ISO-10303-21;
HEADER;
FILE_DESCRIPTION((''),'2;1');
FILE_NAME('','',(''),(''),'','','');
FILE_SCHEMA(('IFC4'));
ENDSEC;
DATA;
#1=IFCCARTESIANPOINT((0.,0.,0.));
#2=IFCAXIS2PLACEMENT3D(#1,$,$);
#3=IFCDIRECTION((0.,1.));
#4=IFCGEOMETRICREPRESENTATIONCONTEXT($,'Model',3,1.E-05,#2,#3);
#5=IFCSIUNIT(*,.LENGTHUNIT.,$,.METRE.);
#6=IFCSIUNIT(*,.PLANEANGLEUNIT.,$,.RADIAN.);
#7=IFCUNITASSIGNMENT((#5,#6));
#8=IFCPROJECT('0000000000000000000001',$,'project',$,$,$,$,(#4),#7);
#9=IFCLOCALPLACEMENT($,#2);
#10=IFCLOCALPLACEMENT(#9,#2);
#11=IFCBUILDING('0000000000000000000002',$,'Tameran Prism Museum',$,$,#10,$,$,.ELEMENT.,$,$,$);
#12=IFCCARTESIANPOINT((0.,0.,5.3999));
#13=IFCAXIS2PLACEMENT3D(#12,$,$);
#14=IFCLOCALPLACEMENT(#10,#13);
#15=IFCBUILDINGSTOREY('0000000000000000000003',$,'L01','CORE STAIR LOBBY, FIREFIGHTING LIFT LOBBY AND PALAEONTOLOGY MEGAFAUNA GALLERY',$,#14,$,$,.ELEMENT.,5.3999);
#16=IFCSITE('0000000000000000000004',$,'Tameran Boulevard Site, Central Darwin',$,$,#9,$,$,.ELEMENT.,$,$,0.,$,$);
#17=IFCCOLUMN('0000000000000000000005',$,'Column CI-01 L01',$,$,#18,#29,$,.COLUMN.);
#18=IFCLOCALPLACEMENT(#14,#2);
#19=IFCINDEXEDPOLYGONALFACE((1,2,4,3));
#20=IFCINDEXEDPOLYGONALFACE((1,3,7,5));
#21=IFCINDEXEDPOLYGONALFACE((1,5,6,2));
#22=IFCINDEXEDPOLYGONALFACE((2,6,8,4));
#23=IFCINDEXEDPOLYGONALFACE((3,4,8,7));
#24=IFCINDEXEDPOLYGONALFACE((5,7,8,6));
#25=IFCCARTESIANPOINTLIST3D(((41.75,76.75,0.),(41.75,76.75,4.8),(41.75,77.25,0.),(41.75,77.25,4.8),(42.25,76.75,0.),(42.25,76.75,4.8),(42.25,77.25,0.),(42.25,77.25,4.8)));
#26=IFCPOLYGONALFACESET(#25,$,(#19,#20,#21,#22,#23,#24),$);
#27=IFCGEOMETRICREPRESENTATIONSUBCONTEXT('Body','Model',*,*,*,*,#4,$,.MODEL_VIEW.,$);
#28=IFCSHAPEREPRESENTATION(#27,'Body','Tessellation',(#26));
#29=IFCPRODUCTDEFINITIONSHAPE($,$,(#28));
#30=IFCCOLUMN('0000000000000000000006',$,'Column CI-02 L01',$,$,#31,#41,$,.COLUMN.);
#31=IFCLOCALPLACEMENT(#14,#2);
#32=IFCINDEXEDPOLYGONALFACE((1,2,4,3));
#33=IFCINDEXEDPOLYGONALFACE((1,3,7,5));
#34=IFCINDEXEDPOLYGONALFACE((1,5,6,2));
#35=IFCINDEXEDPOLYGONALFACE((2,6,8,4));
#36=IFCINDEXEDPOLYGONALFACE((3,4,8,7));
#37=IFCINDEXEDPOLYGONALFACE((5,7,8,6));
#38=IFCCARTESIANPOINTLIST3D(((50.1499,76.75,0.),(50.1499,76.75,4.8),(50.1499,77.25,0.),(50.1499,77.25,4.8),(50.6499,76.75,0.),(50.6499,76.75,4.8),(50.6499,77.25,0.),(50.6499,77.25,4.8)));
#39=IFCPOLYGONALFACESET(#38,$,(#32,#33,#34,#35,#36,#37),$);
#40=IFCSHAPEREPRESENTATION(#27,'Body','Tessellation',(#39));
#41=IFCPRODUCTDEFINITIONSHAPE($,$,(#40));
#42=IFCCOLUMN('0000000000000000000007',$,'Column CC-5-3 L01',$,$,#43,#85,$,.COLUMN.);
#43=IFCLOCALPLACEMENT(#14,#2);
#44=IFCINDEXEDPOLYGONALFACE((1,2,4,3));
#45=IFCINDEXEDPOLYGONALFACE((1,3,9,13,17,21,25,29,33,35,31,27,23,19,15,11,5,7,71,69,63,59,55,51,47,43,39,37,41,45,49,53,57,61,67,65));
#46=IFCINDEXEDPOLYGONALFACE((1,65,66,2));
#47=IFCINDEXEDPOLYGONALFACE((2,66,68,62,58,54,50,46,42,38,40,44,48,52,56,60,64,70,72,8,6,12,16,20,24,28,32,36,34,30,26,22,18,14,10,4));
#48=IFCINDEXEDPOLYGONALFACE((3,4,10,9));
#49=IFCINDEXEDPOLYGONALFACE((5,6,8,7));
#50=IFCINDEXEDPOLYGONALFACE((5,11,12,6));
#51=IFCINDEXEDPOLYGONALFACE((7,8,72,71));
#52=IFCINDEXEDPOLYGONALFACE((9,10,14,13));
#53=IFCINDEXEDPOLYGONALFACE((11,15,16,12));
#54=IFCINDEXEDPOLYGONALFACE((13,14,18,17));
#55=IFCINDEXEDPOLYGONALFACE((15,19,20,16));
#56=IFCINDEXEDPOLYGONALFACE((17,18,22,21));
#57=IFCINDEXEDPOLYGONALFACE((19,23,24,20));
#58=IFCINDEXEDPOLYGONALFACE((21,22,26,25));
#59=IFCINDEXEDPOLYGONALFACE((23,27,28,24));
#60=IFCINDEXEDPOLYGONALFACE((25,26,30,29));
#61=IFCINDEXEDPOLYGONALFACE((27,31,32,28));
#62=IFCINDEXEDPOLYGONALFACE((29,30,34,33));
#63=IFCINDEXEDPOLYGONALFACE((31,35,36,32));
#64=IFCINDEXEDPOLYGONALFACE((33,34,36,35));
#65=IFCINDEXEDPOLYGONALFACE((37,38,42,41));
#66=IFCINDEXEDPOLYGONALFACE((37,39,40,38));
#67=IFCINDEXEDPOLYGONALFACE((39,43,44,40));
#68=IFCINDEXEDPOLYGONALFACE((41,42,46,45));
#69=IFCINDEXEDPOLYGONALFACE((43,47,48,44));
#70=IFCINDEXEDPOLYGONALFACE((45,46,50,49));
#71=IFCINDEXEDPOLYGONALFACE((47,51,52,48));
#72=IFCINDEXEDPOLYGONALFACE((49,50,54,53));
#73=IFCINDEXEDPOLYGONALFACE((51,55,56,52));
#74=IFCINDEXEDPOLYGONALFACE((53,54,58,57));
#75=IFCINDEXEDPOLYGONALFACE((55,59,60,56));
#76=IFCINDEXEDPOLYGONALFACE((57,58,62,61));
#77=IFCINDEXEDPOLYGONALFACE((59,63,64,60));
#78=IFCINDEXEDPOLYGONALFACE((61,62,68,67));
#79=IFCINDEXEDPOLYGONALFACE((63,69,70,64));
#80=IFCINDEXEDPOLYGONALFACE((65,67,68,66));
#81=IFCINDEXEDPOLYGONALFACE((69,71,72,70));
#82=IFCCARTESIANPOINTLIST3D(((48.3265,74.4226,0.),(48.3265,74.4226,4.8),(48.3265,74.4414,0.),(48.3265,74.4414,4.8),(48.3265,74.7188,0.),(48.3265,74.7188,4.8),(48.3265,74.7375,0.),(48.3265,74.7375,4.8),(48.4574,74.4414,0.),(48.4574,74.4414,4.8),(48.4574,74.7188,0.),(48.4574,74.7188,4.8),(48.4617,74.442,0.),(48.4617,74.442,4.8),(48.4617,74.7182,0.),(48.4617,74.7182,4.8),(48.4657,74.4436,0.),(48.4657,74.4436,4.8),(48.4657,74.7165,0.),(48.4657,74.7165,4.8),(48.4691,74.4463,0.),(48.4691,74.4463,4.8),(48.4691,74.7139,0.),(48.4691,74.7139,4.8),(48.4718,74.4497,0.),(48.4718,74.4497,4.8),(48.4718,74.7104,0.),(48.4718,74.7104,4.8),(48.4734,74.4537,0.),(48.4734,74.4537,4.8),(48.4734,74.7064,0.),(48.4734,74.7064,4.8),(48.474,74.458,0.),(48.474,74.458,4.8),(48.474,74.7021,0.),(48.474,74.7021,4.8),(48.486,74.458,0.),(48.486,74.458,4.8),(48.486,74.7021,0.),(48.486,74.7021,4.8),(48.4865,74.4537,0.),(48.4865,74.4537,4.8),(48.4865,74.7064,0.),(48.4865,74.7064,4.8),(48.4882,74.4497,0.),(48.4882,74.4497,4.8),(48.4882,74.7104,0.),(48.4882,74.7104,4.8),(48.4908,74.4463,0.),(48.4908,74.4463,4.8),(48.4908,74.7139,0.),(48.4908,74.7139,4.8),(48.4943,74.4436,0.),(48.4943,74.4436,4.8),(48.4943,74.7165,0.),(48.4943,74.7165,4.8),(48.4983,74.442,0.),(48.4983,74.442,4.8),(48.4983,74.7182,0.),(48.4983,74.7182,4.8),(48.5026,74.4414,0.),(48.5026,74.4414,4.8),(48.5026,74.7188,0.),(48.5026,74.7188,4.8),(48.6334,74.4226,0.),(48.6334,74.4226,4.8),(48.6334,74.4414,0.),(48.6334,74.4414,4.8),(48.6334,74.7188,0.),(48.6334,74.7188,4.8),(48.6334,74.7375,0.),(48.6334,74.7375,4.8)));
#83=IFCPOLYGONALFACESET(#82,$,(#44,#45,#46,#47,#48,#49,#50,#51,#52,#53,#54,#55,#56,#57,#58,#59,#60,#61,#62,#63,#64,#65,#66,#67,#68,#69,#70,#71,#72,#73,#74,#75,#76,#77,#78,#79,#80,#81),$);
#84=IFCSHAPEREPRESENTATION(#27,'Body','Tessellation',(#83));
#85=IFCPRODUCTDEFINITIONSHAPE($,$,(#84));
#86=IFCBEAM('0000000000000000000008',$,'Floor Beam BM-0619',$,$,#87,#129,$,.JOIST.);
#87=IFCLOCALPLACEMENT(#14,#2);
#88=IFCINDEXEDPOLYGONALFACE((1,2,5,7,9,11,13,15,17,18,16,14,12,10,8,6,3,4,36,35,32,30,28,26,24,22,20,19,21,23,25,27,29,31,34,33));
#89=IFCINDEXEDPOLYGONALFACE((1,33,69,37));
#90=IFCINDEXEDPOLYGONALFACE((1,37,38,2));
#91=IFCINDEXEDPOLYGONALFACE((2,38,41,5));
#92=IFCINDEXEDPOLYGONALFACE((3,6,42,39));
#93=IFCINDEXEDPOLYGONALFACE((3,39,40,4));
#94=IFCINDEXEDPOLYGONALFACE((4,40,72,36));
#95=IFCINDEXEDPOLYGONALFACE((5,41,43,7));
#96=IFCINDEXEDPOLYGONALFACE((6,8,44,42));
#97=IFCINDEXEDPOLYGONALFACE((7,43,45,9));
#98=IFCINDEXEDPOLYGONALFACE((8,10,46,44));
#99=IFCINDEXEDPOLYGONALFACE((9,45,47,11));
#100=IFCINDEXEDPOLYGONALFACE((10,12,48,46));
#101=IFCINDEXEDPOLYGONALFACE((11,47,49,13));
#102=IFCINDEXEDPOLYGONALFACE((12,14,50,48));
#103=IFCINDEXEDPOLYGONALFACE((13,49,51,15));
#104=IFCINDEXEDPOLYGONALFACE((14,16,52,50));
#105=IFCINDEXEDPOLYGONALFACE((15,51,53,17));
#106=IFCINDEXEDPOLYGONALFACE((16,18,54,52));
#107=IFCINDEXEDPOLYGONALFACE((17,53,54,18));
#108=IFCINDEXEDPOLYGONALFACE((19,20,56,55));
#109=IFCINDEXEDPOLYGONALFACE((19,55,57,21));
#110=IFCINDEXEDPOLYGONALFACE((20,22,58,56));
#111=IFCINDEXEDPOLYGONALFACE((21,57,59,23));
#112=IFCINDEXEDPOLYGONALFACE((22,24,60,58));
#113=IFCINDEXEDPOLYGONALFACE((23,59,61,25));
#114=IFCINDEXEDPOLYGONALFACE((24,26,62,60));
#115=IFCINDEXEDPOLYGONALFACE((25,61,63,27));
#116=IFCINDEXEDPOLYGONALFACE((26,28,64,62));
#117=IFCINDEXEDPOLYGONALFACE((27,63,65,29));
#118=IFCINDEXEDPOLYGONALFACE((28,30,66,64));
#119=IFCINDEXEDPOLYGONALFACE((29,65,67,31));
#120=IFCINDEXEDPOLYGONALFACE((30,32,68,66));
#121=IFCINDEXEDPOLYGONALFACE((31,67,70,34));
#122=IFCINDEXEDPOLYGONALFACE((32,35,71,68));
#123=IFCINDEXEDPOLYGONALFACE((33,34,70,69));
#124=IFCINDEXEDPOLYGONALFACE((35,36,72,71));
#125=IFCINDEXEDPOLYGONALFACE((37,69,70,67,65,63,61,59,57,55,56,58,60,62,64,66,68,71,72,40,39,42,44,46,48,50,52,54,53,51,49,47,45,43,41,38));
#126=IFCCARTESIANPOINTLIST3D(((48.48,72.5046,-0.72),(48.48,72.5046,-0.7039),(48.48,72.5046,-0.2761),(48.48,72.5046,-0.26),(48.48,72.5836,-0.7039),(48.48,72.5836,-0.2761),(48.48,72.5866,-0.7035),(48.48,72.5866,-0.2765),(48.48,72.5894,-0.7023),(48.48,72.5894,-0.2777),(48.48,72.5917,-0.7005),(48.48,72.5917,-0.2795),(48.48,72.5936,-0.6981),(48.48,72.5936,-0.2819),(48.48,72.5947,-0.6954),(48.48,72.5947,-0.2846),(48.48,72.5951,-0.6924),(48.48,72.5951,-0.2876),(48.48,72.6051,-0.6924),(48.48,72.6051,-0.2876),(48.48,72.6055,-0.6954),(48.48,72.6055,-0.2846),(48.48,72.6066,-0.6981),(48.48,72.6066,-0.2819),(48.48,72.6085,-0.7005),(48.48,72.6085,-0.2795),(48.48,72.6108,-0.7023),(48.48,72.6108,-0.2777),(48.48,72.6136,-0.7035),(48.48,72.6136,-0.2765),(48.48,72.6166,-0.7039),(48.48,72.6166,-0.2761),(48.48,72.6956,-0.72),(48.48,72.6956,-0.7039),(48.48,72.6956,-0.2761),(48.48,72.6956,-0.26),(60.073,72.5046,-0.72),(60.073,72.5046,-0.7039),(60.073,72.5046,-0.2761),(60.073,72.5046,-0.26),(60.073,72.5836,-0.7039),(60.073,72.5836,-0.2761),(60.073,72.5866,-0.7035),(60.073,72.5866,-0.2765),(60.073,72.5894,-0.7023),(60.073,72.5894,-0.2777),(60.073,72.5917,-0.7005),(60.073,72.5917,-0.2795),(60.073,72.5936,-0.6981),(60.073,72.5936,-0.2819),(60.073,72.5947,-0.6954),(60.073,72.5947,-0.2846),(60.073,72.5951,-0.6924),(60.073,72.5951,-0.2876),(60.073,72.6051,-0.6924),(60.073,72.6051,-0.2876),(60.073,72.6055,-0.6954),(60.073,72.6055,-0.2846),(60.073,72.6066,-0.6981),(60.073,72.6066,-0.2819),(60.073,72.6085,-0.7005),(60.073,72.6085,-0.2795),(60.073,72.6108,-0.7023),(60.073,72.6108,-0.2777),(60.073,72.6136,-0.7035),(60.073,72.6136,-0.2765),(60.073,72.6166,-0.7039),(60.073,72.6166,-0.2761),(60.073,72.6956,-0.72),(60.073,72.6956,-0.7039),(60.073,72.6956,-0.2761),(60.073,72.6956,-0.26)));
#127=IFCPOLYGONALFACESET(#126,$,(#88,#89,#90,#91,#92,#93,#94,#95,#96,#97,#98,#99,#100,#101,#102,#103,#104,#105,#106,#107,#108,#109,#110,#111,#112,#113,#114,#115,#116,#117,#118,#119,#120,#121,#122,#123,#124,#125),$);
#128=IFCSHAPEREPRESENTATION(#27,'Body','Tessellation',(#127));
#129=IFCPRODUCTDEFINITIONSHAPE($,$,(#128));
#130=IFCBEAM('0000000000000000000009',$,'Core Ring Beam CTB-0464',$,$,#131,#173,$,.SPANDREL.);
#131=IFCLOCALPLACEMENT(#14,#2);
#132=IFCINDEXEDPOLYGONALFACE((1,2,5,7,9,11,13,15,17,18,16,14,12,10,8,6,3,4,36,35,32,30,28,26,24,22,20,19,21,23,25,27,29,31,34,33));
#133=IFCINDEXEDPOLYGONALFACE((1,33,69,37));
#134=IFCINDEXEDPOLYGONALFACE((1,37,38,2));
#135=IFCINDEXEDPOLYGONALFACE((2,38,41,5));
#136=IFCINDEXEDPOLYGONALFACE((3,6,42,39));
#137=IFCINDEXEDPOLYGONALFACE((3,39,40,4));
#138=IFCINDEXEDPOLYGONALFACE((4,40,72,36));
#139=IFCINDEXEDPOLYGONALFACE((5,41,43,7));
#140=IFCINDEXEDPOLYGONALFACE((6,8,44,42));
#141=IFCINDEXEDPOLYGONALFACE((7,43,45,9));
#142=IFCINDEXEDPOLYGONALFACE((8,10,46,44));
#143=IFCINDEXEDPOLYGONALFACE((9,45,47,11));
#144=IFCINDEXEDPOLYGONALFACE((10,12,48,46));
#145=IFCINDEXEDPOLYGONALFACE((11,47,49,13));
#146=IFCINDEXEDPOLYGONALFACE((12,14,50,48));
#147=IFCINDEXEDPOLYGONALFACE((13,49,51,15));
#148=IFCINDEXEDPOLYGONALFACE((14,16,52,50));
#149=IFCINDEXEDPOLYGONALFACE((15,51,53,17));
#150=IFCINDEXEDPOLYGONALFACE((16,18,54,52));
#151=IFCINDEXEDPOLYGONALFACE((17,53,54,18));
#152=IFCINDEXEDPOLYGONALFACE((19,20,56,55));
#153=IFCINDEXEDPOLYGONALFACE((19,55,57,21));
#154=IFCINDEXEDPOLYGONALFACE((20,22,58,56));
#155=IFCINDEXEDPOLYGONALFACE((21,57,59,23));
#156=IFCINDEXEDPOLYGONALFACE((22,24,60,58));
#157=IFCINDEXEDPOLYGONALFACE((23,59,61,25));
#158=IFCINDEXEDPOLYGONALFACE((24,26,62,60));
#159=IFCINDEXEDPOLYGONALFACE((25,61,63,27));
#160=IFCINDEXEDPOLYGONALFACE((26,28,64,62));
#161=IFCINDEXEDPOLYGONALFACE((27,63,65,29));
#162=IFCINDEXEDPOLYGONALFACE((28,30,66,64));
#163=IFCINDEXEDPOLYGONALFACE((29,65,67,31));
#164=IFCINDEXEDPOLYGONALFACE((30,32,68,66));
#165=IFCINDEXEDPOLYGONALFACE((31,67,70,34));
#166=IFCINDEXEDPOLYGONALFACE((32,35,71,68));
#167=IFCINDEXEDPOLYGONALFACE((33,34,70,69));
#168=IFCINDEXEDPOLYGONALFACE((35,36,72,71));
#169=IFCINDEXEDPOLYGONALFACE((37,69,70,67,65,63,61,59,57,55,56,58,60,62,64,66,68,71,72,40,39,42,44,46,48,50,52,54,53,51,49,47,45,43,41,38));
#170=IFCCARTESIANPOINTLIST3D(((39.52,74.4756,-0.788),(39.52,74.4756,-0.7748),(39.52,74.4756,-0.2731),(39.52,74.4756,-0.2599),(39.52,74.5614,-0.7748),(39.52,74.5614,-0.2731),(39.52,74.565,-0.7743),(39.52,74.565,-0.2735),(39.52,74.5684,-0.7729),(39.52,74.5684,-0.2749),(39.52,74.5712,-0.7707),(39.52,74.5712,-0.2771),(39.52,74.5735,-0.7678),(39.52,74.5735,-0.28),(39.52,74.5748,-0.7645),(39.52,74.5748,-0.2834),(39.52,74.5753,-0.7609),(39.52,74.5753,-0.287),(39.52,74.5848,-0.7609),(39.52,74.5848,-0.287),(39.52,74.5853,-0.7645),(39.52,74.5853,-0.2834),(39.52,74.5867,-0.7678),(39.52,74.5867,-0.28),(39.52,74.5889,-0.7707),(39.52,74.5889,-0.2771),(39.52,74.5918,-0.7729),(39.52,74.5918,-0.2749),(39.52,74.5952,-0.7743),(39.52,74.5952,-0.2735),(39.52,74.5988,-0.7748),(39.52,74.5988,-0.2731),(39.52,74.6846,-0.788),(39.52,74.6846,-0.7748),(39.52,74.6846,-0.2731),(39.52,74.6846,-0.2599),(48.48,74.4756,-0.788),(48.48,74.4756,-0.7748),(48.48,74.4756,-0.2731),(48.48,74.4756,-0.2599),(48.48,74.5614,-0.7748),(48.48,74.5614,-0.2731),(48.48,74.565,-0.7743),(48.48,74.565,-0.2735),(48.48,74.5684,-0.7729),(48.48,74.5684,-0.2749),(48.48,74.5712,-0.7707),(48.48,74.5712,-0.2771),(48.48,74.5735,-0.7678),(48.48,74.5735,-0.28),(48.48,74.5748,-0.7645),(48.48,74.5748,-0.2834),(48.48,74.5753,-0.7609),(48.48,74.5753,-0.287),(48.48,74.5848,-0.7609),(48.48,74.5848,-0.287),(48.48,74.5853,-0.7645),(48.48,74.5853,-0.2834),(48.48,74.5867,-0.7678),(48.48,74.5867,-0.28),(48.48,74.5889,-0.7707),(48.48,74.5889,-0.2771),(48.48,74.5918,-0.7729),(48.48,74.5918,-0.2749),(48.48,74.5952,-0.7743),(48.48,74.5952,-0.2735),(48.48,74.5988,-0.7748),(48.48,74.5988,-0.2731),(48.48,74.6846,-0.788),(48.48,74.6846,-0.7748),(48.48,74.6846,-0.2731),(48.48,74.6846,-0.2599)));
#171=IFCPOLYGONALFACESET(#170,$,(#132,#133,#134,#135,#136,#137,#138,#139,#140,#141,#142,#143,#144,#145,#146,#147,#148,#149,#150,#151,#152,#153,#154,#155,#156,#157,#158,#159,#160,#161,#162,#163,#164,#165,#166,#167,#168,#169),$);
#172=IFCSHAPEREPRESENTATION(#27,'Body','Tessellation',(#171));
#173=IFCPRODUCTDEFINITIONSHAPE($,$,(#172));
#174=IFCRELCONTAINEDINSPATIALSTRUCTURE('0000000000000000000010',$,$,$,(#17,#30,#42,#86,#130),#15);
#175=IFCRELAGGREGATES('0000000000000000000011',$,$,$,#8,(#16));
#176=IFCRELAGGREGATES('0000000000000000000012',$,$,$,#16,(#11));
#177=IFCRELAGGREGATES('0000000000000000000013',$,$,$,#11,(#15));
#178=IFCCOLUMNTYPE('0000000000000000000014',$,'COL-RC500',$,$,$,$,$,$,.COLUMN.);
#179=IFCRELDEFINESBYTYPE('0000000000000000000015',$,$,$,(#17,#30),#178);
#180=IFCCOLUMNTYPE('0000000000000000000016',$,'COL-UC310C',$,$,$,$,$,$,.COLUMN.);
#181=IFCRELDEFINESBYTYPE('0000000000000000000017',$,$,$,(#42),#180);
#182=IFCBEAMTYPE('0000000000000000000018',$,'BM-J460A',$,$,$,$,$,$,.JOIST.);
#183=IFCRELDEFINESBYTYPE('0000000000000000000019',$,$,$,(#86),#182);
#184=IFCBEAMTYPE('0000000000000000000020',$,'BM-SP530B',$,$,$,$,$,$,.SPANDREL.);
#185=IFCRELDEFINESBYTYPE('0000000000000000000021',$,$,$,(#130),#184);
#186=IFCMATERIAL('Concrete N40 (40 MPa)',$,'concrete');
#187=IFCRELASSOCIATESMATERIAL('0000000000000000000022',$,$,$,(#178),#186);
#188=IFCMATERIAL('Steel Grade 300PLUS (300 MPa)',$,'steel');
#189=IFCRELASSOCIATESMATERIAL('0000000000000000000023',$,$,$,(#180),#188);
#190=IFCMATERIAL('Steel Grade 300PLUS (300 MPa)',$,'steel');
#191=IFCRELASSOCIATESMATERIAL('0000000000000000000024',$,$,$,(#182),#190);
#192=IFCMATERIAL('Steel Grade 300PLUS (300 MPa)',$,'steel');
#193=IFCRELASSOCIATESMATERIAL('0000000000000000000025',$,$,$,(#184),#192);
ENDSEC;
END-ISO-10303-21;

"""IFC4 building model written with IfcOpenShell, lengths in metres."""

from ifc_helpers import new_model, si_unit, direction, frame, origin, origin_2d, place, context, subcontext, project, spatial, rectangle, i_section, extrude, material, material_profile, profile_set, type_object, element, save


model = new_model("IFC4")

# Units and contexts
model_context = context("Model", 3, precision=1e-05, world=origin(), true_north=direction((0.0, 1.0)))
body_context = subcontext(model_context, "Body", "Model", "MODEL_VIEW")
ifc_project = project(units=[si_unit("LENGTHUNIT", "METRE"), si_unit("PLANEANGLEUNIT", "RADIAN")], contexts=[model_context])

# Site, building, storey
site_placement = place(None, origin())
site = spatial("IfcSite", under=ifc_project, at=site_placement, Name="Tameran Boulevard Site, Central Darwin", CompositionType="ELEMENT", RefElevation=0.0)
building_placement = place(site_placement, origin())
building = spatial("IfcBuilding", under=site, at=building_placement, Name="Tameran Prism Museum", CompositionType="ELEMENT")
storey_placement = place(building_placement, frame((0.0, 0.0, 5.3999)))
storey = spatial("IfcBuildingStorey", under=building, at=storey_placement, Name="L01", Description="CORE STAIR LOBBY, FIREFIGHTING LIFT LOBBY AND PALAEONTOLOGY MEGAFAUNA GALLERY", CompositionType="ELEMENT", Elevation=5.3999)

# Columns
ifc_material_1 = material(Name="Concrete N40 (40 MPa)", Category="concrete")
ifc_material_profile_1 = material_profile(ifc_material_1, rectangle(XDim=0.5, YDim=0.5, at=origin_2d()))
ifc_profile_set_1 = profile_set([ifc_material_profile_1])
column_type_1 = type_object("IfcColumnType", Name="COL-RC500", PredefinedType="COLUMN", material=ifc_profile_set_1)
for number, where, z_axis, x_axis, name in (
    (1, (42.0, 77.0, 0.0), (0.0, 0.0, 1.0), (1.0, 0.0, 0.0), "Column CI-01 L01"),
    (2, (50.3999, 77.0, 0.0), (0.0, 0.0, 1.0), (1.0, 0.0, 0.0), "Column CI-02 L01"),
):
    element("IfcColumn", number, at=place(storey_placement, frame(where, z_axis=z_axis, x_axis=x_axis)), inside=storey, type_object=column_type_1, Name=name, PredefinedType="COLUMN", context=body_context, shape_type="SweptSolid", body=[
        extrude(rectangle(XDim=0.5, YDim=0.5, at=origin_2d()), origin(), (0.0, 0.0, 1.0), 4.8),
    ])
ifc_material_2 = material(Name="Steel Grade 300PLUS (300 MPa)", Category="steel")
ifc_material_profile_2 = material_profile(ifc_material_2, i_section(OverallWidth=0.3069, OverallDepth=0.3149, WebThickness=0.012, FlangeThickness=0.0188, FilletRadius=0.0166, at=origin_2d()))
ifc_profile_set_2 = profile_set([ifc_material_profile_2])
column_type_2 = type_object("IfcColumnType", Name="COL-UC310C", PredefinedType="COLUMN", material=ifc_profile_set_2)
column_placement = place(storey_placement, frame((48.48, 74.5801, 0.0), z_axis=(0.0, 0.0, 1.0), x_axis=(1.0, 0.0, 0.0)))
element("IfcColumn", 3, at=column_placement, inside=storey, type_object=column_type_2, Name="Column CC-5-3 L01", PredefinedType="COLUMN", context=body_context, shape_type="SweptSolid", body=[
    extrude(i_section(OverallWidth=0.3069, OverallDepth=0.3149, WebThickness=0.012, FlangeThickness=0.0188, FilletRadius=0.0166, at=origin_2d()), origin(), (0.0, 0.0, 1.0), 4.8),
])

# Beams
ifc_material_3 = material(Name="Steel Grade 300PLUS (300 MPa)", Category="steel")
ifc_material_profile_3 = material_profile(ifc_material_3, i_section(OverallWidth=0.1909, OverallDepth=0.46, WebThickness=0.01, FlangeThickness=0.0161, FilletRadius=0.0115, at=origin_2d()))
ifc_profile_set_3 = profile_set([ifc_material_profile_3])
beam_type_1 = type_object("IfcBeamType", Name="BM-J460A", PredefinedType="JOIST", material=ifc_profile_set_3)
beam_1_placement = place(storey_placement, frame((48.48, 72.6001, -0.49), z_axis=(1.0, 0.0, 0.0), x_axis=(0.0, 1.0, 0.0)))
element("IfcBeam", 4, at=beam_1_placement, inside=storey, type_object=beam_type_1, Name="Floor Beam BM-0619", PredefinedType="JOIST", context=body_context, shape_type="SweptSolid", body=[
    extrude(i_section(OverallWidth=0.1909, OverallDepth=0.46, WebThickness=0.01, FlangeThickness=0.0161, FilletRadius=0.0115, at=origin_2d()), origin(), (0.0, 0.0, 1.0), 11.593),
])
ifc_material_4 = material(Name="Steel Grade 300PLUS (300 MPa)", Category="steel")
ifc_material_profile_4 = material_profile(ifc_material_4, i_section(OverallWidth=0.209, OverallDepth=0.5281, WebThickness=0.0095, FlangeThickness=0.0132, FilletRadius=0.0139, at=origin_2d()))
ifc_profile_set_4 = profile_set([ifc_material_profile_4])
beam_type_2 = type_object("IfcBeamType", Name="BM-SP530B", PredefinedType="SPANDREL", material=ifc_profile_set_4)
beam_2_placement = place(storey_placement, frame((48.48, 74.5801, -0.5239), z_axis=(-1.0, 0.0, 0.0), x_axis=(0.0, -1.0, 0.0)))
element("IfcBeam", 5, at=beam_2_placement, inside=storey, type_object=beam_type_2, Name="Core Ring Beam CTB-0464", PredefinedType="SPANDREL", context=body_context, shape_type="SweptSolid", body=[
    extrude(i_section(OverallWidth=0.209, OverallDepth=0.5281, WebThickness=0.0095, FlangeThickness=0.0132, FilletRadius=0.0139, at=origin_2d()), origin(), (0.0, 0.0, 1.0), 8.96),
])

save(model, "model.ifc")
